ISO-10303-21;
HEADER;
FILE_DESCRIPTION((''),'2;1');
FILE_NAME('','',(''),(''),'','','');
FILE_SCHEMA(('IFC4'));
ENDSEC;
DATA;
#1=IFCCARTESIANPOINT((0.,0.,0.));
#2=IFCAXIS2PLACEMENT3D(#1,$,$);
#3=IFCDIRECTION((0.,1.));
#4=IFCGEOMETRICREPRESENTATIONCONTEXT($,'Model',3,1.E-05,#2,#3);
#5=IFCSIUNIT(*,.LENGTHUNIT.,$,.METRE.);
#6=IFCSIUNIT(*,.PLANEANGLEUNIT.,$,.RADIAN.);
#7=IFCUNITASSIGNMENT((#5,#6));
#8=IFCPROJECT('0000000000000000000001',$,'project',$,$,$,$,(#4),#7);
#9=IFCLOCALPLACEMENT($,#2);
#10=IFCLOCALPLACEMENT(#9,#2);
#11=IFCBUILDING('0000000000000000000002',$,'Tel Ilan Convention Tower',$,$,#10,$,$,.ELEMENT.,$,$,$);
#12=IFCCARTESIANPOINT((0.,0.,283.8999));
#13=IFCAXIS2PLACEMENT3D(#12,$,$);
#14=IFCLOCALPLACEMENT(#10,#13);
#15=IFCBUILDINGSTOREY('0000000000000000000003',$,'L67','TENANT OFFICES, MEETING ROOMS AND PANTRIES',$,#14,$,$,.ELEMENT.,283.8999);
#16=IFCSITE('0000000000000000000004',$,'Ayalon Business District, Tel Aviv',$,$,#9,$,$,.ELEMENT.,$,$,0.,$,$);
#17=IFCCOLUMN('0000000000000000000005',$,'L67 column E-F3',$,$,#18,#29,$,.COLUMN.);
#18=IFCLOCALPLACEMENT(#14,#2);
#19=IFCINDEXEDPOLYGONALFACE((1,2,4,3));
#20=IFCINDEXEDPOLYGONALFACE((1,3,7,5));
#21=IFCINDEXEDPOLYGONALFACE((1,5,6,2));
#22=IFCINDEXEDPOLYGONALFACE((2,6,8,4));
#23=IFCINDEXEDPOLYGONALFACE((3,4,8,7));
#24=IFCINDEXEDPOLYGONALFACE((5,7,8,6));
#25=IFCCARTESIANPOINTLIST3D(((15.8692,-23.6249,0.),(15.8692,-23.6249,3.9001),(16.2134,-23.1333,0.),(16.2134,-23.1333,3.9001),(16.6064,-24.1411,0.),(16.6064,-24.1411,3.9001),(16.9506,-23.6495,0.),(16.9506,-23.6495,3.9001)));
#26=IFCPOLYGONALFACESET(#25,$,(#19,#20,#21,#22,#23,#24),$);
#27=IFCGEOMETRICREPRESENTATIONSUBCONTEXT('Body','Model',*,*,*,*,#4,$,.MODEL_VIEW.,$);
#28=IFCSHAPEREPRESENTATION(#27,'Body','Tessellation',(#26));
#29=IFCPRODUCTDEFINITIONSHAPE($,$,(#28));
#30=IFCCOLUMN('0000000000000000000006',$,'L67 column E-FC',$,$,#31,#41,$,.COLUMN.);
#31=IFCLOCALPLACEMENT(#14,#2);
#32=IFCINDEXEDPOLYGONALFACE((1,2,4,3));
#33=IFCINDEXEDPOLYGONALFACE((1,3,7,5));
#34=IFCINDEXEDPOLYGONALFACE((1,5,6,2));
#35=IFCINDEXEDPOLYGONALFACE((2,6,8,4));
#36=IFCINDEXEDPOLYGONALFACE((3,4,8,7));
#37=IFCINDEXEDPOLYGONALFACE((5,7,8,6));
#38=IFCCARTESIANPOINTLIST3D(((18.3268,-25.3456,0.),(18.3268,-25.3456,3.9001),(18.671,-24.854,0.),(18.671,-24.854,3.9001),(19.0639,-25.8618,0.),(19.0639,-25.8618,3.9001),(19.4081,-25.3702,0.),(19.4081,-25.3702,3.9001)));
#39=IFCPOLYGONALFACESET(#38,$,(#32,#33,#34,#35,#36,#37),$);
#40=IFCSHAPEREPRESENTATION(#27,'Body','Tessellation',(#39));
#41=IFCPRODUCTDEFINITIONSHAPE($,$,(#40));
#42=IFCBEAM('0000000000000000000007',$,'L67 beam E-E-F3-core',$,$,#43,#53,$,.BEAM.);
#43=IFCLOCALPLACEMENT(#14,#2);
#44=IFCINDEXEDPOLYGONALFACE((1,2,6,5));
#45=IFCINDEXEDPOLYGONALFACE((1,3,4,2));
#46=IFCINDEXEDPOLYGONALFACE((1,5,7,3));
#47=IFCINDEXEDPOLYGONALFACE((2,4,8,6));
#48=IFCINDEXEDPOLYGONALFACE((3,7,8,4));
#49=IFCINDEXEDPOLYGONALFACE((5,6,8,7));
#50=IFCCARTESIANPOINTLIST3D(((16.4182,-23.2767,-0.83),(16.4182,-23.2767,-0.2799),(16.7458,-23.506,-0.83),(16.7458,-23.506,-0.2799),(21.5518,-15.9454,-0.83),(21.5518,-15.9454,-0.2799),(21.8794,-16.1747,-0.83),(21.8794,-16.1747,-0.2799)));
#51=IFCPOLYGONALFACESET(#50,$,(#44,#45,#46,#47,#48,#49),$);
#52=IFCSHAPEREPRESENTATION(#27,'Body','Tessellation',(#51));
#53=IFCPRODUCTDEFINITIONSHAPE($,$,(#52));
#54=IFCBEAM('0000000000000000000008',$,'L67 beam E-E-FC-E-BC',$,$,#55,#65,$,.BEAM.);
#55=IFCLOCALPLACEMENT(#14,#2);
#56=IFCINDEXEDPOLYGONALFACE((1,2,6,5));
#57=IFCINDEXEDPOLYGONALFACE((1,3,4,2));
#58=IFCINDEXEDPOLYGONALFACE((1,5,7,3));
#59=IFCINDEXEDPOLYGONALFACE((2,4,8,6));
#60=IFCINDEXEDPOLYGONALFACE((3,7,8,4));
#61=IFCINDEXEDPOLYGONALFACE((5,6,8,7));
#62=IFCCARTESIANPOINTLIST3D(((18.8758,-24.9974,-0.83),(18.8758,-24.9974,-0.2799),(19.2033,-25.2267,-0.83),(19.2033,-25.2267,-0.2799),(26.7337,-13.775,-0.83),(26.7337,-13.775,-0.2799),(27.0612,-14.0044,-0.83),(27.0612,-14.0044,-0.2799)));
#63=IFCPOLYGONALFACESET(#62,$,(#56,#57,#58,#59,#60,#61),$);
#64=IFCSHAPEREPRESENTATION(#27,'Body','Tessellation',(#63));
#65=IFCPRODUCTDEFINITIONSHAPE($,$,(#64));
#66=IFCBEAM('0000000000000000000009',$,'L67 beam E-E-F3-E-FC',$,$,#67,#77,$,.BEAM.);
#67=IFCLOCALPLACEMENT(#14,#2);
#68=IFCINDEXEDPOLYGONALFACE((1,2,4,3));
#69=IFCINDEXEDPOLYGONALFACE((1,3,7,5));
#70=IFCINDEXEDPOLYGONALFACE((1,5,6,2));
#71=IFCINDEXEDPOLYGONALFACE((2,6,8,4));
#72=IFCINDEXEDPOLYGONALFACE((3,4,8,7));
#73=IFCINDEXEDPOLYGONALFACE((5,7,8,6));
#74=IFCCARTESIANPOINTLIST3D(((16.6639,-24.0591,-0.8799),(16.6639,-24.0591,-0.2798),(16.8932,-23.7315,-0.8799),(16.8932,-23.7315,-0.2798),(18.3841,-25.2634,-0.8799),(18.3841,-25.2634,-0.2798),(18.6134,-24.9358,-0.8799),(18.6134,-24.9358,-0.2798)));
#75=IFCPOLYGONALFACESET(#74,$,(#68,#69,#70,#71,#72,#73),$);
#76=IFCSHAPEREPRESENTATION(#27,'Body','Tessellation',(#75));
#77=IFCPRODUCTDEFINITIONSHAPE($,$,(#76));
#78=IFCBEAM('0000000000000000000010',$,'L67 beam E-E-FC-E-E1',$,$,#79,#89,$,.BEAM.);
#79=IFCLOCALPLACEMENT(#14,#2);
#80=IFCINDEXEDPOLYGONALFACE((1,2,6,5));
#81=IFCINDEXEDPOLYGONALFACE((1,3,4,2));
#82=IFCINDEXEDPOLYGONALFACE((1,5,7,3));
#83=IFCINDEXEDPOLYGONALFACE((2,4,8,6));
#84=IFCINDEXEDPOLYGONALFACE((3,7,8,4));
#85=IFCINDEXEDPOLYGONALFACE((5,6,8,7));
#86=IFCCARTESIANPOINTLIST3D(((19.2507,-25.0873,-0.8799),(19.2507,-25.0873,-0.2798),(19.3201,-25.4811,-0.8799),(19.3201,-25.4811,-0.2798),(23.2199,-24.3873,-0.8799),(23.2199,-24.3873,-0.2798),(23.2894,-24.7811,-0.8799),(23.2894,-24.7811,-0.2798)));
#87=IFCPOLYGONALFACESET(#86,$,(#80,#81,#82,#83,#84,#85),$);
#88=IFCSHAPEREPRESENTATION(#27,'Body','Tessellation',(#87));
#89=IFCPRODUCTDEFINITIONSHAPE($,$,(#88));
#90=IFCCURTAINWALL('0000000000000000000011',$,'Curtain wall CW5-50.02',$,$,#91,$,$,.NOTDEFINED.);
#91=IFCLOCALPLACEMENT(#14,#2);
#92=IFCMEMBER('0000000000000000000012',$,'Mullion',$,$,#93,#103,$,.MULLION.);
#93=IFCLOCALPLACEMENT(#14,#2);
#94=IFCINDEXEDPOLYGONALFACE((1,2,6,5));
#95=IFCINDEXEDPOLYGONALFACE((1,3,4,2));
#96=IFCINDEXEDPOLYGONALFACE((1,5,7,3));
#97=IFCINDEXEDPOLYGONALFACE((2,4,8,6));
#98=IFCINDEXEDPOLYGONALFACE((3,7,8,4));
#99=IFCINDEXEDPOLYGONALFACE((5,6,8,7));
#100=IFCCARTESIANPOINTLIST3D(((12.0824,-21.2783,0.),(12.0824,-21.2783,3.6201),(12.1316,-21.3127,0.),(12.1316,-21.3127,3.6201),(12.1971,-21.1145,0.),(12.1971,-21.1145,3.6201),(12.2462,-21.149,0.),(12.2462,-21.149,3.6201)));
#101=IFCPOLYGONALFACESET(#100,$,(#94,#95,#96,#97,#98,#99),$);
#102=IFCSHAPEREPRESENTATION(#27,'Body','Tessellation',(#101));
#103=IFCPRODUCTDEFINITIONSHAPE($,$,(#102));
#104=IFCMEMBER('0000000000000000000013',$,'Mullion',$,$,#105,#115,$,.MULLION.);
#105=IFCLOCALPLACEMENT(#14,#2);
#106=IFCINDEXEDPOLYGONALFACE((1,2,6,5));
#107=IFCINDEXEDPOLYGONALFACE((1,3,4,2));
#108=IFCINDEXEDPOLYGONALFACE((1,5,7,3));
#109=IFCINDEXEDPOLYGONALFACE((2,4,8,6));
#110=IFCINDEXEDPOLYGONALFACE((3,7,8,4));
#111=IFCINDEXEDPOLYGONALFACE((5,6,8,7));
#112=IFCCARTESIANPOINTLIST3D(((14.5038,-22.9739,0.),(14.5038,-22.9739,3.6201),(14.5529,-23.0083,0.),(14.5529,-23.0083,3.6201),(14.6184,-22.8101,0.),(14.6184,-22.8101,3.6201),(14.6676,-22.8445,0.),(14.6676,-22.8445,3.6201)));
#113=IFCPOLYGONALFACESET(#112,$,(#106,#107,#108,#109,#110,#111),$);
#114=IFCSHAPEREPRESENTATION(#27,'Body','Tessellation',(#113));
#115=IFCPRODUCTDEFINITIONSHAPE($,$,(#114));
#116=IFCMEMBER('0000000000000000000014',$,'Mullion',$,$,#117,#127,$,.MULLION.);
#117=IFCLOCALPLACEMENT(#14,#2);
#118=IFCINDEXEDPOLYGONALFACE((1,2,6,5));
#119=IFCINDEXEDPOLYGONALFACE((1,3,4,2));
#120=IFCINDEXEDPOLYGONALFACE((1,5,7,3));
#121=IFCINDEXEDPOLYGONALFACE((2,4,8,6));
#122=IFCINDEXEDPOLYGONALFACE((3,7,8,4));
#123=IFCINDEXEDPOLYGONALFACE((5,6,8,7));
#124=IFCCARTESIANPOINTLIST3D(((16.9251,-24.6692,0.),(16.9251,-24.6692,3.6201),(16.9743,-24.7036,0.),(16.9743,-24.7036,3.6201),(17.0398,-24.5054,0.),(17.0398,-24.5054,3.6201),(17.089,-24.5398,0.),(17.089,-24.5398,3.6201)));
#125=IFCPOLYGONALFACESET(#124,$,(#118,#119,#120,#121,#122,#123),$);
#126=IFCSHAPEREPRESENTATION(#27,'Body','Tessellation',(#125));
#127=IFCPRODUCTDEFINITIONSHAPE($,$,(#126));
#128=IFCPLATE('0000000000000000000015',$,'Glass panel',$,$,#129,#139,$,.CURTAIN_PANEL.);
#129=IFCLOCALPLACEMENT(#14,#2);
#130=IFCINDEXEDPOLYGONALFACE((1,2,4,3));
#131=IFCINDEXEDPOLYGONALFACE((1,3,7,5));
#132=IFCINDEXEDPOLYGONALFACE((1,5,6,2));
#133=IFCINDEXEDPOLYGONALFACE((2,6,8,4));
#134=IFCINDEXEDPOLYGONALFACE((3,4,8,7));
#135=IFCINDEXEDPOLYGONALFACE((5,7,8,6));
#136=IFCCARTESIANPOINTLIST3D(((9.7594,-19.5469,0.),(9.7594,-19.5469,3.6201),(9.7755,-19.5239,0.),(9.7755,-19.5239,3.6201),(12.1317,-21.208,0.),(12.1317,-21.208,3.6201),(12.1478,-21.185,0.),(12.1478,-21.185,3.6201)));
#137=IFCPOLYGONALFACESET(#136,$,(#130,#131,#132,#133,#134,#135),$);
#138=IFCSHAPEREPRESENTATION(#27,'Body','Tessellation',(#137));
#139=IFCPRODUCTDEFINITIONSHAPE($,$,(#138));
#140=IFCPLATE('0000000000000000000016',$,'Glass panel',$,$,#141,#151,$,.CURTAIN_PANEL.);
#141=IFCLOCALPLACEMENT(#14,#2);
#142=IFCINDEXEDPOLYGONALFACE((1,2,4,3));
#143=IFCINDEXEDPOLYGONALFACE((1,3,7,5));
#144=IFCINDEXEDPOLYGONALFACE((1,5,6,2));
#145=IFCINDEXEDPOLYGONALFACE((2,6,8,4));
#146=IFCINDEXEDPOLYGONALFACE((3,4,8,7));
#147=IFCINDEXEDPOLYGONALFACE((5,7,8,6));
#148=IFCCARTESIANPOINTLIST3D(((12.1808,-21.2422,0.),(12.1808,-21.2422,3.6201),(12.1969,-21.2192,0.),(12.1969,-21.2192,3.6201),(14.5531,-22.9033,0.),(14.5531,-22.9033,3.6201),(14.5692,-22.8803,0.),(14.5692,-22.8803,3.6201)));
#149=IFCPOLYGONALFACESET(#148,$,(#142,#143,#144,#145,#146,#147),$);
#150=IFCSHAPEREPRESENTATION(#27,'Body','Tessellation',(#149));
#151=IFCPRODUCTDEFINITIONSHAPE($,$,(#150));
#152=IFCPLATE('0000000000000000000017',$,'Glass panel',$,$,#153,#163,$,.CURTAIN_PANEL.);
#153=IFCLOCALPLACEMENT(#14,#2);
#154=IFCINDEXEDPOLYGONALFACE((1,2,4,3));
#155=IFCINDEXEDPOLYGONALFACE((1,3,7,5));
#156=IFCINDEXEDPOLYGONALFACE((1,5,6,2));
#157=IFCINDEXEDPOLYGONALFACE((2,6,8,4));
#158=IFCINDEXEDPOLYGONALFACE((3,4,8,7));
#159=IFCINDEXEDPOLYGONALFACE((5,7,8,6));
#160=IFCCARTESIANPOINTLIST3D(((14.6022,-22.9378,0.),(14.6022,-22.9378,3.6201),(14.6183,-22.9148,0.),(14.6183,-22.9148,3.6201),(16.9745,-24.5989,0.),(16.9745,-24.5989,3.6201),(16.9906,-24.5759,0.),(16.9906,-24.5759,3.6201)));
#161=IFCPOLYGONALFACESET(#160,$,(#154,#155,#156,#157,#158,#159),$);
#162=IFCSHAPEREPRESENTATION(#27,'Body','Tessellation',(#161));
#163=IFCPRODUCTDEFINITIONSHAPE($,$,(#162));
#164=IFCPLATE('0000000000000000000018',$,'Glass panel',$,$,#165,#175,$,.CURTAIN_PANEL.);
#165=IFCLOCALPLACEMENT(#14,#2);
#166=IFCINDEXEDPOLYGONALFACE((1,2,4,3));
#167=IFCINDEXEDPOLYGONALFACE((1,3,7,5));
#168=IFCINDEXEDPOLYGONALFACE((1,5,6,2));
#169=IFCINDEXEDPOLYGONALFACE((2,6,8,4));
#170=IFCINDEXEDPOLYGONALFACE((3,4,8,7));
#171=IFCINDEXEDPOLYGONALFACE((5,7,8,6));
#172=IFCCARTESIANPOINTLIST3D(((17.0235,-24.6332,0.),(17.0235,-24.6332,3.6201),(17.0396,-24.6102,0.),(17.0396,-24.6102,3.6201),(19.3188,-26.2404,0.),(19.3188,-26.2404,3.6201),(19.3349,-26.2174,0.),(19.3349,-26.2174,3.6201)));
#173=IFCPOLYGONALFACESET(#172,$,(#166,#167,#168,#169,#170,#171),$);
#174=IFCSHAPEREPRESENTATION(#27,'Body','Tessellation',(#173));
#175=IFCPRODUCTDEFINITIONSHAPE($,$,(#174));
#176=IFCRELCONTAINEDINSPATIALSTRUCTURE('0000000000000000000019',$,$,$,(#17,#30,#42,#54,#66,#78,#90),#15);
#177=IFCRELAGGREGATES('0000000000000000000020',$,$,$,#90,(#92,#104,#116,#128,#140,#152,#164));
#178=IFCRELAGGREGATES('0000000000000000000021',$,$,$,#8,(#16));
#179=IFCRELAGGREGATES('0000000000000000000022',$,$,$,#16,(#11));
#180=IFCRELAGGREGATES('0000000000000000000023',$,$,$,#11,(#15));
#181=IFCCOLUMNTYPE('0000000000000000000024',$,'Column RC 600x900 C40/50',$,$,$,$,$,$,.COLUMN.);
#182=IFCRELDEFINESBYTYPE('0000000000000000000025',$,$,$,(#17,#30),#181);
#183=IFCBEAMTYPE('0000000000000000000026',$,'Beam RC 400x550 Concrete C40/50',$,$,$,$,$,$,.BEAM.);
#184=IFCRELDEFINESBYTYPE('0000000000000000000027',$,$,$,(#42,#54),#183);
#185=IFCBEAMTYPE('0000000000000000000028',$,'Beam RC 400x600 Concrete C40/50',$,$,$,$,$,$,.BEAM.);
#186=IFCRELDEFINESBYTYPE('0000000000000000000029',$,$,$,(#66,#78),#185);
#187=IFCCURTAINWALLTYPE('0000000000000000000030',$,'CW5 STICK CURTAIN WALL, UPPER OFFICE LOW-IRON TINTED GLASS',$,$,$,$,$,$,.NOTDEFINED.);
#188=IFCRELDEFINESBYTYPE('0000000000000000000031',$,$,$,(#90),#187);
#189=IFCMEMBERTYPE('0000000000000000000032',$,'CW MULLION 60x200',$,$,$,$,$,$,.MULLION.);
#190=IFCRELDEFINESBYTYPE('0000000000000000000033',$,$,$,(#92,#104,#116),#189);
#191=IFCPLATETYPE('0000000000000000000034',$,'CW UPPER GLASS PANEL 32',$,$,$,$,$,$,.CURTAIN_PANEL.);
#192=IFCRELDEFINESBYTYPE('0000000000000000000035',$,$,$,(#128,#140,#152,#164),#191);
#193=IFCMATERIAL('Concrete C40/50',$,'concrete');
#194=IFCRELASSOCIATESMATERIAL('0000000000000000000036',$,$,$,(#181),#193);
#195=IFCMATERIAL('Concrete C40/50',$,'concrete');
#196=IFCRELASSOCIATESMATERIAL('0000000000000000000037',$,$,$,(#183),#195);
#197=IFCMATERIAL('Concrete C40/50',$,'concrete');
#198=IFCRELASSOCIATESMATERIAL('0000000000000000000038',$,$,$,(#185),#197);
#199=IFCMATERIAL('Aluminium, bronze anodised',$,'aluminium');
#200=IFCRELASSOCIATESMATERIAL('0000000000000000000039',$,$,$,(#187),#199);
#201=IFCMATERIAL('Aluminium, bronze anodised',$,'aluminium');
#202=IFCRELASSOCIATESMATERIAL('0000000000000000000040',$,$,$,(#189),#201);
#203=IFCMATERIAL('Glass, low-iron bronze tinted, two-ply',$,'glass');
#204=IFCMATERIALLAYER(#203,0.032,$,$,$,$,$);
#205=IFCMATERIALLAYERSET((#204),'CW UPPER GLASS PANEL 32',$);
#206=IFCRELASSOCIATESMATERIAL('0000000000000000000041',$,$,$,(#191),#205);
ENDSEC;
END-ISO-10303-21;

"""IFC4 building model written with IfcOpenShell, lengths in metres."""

from ifc_helpers import new_model, si_unit, direction, frame, origin, origin_2d, place, context, subcontext, project, spatial, rectangle, extrude, material, layer, layer_set, material_profile, profile_set, type_object, element, aggregate, save


model = new_model("IFC4")

# Units and contexts
model_context = context("Model", 3, precision=1e-05, world=origin(), true_north=direction((0.0, 1.0)))
body_context = subcontext(model_context, "Body", "Model", "MODEL_VIEW")
ifc_project = project(units=[si_unit("LENGTHUNIT", "METRE"), si_unit("PLANEANGLEUNIT", "RADIAN")], contexts=[model_context])

# Site, building, storey
site_placement = place(None, origin())
site = spatial("IfcSite", under=ifc_project, at=site_placement, Name="Ayalon Business District, Tel Aviv", CompositionType="ELEMENT", RefElevation=0.0)
building_placement = place(site_placement, origin())
building = spatial("IfcBuilding", under=site, at=building_placement, Name="Tel Ilan Convention Tower", CompositionType="ELEMENT")
storey_placement = place(building_placement, frame((0.0, 0.0, 283.8999)))
storey = spatial("IfcBuildingStorey", under=building, at=storey_placement, Name="L67", Description="TENANT OFFICES, MEETING ROOMS AND PANTRIES", CompositionType="ELEMENT", Elevation=283.8999)

# Columns
ifc_material_1 = material(Name="Concrete C40/50", Category="concrete")
ifc_material_profile_1 = material_profile(ifc_material_1, rectangle(XDim=0.8999, YDim=0.6001, at=origin_2d()), Name="RC 600x900")
ifc_profile_set_1 = profile_set([ifc_material_profile_1], Name="Concrete C40/50")
column_type = type_object("IfcColumnType", Name="Column RC 600x900 C40/50", PredefinedType="COLUMN", material=ifc_profile_set_1)
for number, where, z_axis, x_axis, name in (
    (1, (16.4099, -23.6372, 0.0), (0.0, 0.0, 1.0), (0.819152, -0.573576, 0.0), "L67 column E-F3"),
    (2, (18.8674, -25.3579, 0.0), (0.0, 0.0, 1.0), (0.819152, -0.573576, 0.0), "L67 column E-FC"),
):
    element("IfcColumn", number, at=place(storey_placement, frame(where, z_axis=z_axis, x_axis=x_axis)), inside=storey, type_object=column_type, Name=name, PredefinedType="COLUMN", context=body_context, shape_type="SweptSolid", body=[
        extrude(rectangle(XDim=0.8999, YDim=0.6001, at=origin_2d()), origin(), (0.0, 0.0, 1.0), 3.9001),
    ])

# Beams
ifc_material_2 = material(Name="Concrete C40/50", Category="concrete")
ifc_material_profile_2 = material_profile(ifc_material_2, rectangle(XDim=0.3999, YDim=0.55, at=origin_2d()), Name="RC 400x550")
ifc_profile_set_2 = profile_set([ifc_material_profile_2], Name="Concrete C40/50")
beam_type_1 = type_object("IfcBeamType", Name="Beam RC 400x550 Concrete C40/50", PredefinedType="BEAM", material=ifc_profile_set_2)
beam_1_placement = place(storey_placement, frame((16.582, -23.3914, -0.5549), z_axis=(0.573585, 0.819146, 0.0), x_axis=(-0.819146, 0.573585, 0.0)))
element("IfcBeam", 3, at=beam_1_placement, inside=storey, type_object=beam_type_1, Name="L67 beam E-E-F3-core", PredefinedType="BEAM", context=body_context, shape_type="SweptSolid", body=[
    extrude(rectangle(XDim=0.3999, YDim=0.55, at=origin_2d()), origin(), (0.0, 0.0, 1.0), 8.95),
])
beam_2_placement = place(storey_placement, frame((19.0396, -25.1121, -0.5549), z_axis=(0.573571, 0.819156, 0.0), x_axis=(-0.819156, 0.573571, 0.0)))
element("IfcBeam", 4, at=beam_2_placement, inside=storey, type_object=beam_type_1, Name="L67 beam E-E-FC-E-BC", PredefinedType="BEAM", context=body_context, shape_type="SweptSolid", body=[
    extrude(rectangle(XDim=0.3999, YDim=0.55, at=origin_2d()), origin(), (0.0, 0.0, 1.0), 13.7),
])
ifc_material_3 = material(Name="Concrete C40/50", Category="concrete")
ifc_material_profile_3 = material_profile(ifc_material_3, rectangle(XDim=0.3999, YDim=0.6001, at=origin_2d()), Name="RC 400x600")
ifc_profile_set_3 = profile_set([ifc_material_profile_3], Name="Concrete C40/50")
beam_type_2 = type_object("IfcBeamType", Name="Beam RC 400x600 Concrete C40/50", PredefinedType="BEAM", material=ifc_profile_set_3)
beam_3_placement = place(storey_placement, frame((16.7786, -23.8953, -0.5798), z_axis=(0.819188, -0.573525, 0.0), x_axis=(0.573525, 0.819188, 0.0)))
element("IfcBeam", 5, at=beam_3_placement, inside=storey, type_object=beam_type_2, Name="L67 beam E-E-F3-E-FC", PredefinedType="BEAM", context=body_context, shape_type="SweptSolid", body=[
    extrude(rectangle(XDim=0.3999, YDim=0.6001, at=origin_2d()), origin(), (0.0, 0.0, 1.0), 2.0999),
])
beam_4_placement = place(storey_placement, frame((19.2854, -25.2842, -0.5798), z_axis=(0.984805, 0.173664, 0.0), x_axis=(-0.173664, 0.984805, 0.0)))
element("IfcBeam", 6, at=beam_4_placement, inside=storey, type_object=beam_type_2, Name="L67 beam E-E-FC-E-E1", PredefinedType="BEAM", context=body_context, shape_type="SweptSolid", body=[
    extrude(rectangle(XDim=0.3999, YDim=0.6001, at=origin_2d()), origin(), (0.0, 0.0, 1.0), 4.0305),
])

# Curtain wall, members, plates
ifc_material_4 = material(Name="Aluminium, bronze anodised", Category="aluminium")
curtain_wall_type = type_object("IfcCurtainWallType", Name="CW5 STICK CURTAIN WALL, UPPER OFFICE LOW-IRON TINTED GLASS", PredefinedType="NOTDEFINED", material=ifc_material_4)
curtain_wall_placement = place(storey_placement, origin())
curtain_wall = element("IfcCurtainWall", 7, at=curtain_wall_placement, inside=storey, type_object=curtain_wall_type, Name="Curtain wall CW5-50.02", PredefinedType="NOTDEFINED")
ifc_material_5 = material(Name="Aluminium, bronze anodised", Category="aluminium")
ifc_material_profile_4 = material_profile(ifc_material_5, rectangle(XDim=0.0601, YDim=0.2, at=origin_2d()), Name="CW MULLION 60x200")
ifc_profile_set_4 = profile_set([ifc_material_profile_4], Name="Aluminium, bronze anodised")
member_type = type_object("IfcMemberType", Name="CW MULLION 60x200", PredefinedType="MULLION", material=ifc_profile_set_4)
member_1_placement = place(storey_placement, frame((12.1643, -21.2136, 0.0), z_axis=(0.0, 0.0, 1.0), x_axis=(0.819152, -0.573576, 0.0)))
member_1 = element("IfcMember", 8, at=member_1_placement, type_object=member_type, Name="Mullion", PredefinedType="MULLION", context=body_context, shape_type="SweptSolid", body=[
    extrude(rectangle(XDim=0.0601, YDim=0.2, at=origin_2d()), origin(), (0.0, 0.0, 1.0), 3.6201),
])
member_2_placement = place(storey_placement, frame((14.5857, -22.9092, 0.0), z_axis=(0.0, 0.0, 1.0), x_axis=(0.819152, -0.573576, 0.0)))
member_2 = element("IfcMember", 9, at=member_2_placement, type_object=member_type, Name="Mullion", PredefinedType="MULLION", context=body_context, shape_type="SweptSolid", body=[
    extrude(rectangle(XDim=0.0601, YDim=0.2, at=origin_2d()), origin(), (0.0, 0.0, 1.0), 3.6201),
])
member_3_placement = place(storey_placement, frame((17.0071, -24.6045, 0.0), z_axis=(0.0, 0.0, 1.0), x_axis=(0.819152, -0.573576, 0.0)))
member_3 = element("IfcMember", 10, at=member_3_placement, type_object=member_type, Name="Mullion", PredefinedType="MULLION", context=body_context, shape_type="SweptSolid", body=[
    extrude(rectangle(XDim=0.0601, YDim=0.2, at=origin_2d()), origin(), (0.0, 0.0, 1.0), 3.6201),
])
ifc_material_6 = material(Name="Glass, low-iron bronze tinted, two-ply", Category="glass")
ifc_layer_1 = layer(ifc_material_6, 0.032)
ifc_layer_set_1 = layer_set([ifc_layer_1], Name="CW UPPER GLASS PANEL 32")
plate_type = type_object("IfcPlateType", Name="CW UPPER GLASS PANEL 32", PredefinedType="CURTAIN_PANEL", material=ifc_layer_set_1)
plate_1_placement = place(storey_placement, frame((10.9536, -20.366, 0.0), z_axis=(0.0, 0.0, 1.0), x_axis=(0.819152, -0.573576, 0.0)))
plate_1 = element("IfcPlate", 11, at=plate_1_placement, type_object=plate_type, Name="Glass panel", PredefinedType="CURTAIN_PANEL", context=body_context, shape_type="SweptSolid", body=[
    extrude(rectangle(XDim=2.896, YDim=0.0281, at=origin_2d()), origin(), (0.0, 0.0, 1.0), 3.6201),
])
plate_2_placement = place(storey_placement, frame((13.375, -22.0613, 0.0), z_axis=(0.0, 0.0, 1.0), x_axis=(0.819152, -0.573576, 0.0)))
plate_2 = element("IfcPlate", 12, at=plate_2_placement, type_object=plate_type, Name="Glass panel", PredefinedType="CURTAIN_PANEL", context=body_context, shape_type="SweptSolid", body=[
    extrude(rectangle(XDim=2.896, YDim=0.0281, at=origin_2d()), origin(), (0.0, 0.0, 1.0), 3.6201),
])
plate_3_placement = place(storey_placement, frame((15.7964, -23.7568, 0.0), z_axis=(0.0, 0.0, 1.0), x_axis=(0.819152, -0.573576, 0.0)))
plate_3 = element("IfcPlate", 13, at=plate_3_placement, type_object=plate_type, Name="Glass panel", PredefinedType="CURTAIN_PANEL", context=body_context, shape_type="SweptSolid", body=[
    extrude(rectangle(XDim=2.896, YDim=0.0281, at=origin_2d()), origin(), (0.0, 0.0, 1.0), 3.6201),
])
plate_4_placement = place(storey_placement, frame((18.1792, -25.4253, 0.0), z_axis=(0.0, 0.0, 1.0), x_axis=(0.819152, -0.573576, 0.0)))
plate_4 = element("IfcPlate", 14, at=plate_4_placement, type_object=plate_type, Name="Glass panel", PredefinedType="CURTAIN_PANEL", context=body_context, shape_type="SweptSolid", body=[
    extrude(rectangle(XDim=2.802, YDim=0.0281, at=origin_2d()), origin(), (0.0, 0.0, 1.0), 3.6201),
])
aggregate(curtain_wall, [member_1, member_2, member_3, plate_1, plate_2, plate_3, plate_4])

save(model, "model.ifc")
